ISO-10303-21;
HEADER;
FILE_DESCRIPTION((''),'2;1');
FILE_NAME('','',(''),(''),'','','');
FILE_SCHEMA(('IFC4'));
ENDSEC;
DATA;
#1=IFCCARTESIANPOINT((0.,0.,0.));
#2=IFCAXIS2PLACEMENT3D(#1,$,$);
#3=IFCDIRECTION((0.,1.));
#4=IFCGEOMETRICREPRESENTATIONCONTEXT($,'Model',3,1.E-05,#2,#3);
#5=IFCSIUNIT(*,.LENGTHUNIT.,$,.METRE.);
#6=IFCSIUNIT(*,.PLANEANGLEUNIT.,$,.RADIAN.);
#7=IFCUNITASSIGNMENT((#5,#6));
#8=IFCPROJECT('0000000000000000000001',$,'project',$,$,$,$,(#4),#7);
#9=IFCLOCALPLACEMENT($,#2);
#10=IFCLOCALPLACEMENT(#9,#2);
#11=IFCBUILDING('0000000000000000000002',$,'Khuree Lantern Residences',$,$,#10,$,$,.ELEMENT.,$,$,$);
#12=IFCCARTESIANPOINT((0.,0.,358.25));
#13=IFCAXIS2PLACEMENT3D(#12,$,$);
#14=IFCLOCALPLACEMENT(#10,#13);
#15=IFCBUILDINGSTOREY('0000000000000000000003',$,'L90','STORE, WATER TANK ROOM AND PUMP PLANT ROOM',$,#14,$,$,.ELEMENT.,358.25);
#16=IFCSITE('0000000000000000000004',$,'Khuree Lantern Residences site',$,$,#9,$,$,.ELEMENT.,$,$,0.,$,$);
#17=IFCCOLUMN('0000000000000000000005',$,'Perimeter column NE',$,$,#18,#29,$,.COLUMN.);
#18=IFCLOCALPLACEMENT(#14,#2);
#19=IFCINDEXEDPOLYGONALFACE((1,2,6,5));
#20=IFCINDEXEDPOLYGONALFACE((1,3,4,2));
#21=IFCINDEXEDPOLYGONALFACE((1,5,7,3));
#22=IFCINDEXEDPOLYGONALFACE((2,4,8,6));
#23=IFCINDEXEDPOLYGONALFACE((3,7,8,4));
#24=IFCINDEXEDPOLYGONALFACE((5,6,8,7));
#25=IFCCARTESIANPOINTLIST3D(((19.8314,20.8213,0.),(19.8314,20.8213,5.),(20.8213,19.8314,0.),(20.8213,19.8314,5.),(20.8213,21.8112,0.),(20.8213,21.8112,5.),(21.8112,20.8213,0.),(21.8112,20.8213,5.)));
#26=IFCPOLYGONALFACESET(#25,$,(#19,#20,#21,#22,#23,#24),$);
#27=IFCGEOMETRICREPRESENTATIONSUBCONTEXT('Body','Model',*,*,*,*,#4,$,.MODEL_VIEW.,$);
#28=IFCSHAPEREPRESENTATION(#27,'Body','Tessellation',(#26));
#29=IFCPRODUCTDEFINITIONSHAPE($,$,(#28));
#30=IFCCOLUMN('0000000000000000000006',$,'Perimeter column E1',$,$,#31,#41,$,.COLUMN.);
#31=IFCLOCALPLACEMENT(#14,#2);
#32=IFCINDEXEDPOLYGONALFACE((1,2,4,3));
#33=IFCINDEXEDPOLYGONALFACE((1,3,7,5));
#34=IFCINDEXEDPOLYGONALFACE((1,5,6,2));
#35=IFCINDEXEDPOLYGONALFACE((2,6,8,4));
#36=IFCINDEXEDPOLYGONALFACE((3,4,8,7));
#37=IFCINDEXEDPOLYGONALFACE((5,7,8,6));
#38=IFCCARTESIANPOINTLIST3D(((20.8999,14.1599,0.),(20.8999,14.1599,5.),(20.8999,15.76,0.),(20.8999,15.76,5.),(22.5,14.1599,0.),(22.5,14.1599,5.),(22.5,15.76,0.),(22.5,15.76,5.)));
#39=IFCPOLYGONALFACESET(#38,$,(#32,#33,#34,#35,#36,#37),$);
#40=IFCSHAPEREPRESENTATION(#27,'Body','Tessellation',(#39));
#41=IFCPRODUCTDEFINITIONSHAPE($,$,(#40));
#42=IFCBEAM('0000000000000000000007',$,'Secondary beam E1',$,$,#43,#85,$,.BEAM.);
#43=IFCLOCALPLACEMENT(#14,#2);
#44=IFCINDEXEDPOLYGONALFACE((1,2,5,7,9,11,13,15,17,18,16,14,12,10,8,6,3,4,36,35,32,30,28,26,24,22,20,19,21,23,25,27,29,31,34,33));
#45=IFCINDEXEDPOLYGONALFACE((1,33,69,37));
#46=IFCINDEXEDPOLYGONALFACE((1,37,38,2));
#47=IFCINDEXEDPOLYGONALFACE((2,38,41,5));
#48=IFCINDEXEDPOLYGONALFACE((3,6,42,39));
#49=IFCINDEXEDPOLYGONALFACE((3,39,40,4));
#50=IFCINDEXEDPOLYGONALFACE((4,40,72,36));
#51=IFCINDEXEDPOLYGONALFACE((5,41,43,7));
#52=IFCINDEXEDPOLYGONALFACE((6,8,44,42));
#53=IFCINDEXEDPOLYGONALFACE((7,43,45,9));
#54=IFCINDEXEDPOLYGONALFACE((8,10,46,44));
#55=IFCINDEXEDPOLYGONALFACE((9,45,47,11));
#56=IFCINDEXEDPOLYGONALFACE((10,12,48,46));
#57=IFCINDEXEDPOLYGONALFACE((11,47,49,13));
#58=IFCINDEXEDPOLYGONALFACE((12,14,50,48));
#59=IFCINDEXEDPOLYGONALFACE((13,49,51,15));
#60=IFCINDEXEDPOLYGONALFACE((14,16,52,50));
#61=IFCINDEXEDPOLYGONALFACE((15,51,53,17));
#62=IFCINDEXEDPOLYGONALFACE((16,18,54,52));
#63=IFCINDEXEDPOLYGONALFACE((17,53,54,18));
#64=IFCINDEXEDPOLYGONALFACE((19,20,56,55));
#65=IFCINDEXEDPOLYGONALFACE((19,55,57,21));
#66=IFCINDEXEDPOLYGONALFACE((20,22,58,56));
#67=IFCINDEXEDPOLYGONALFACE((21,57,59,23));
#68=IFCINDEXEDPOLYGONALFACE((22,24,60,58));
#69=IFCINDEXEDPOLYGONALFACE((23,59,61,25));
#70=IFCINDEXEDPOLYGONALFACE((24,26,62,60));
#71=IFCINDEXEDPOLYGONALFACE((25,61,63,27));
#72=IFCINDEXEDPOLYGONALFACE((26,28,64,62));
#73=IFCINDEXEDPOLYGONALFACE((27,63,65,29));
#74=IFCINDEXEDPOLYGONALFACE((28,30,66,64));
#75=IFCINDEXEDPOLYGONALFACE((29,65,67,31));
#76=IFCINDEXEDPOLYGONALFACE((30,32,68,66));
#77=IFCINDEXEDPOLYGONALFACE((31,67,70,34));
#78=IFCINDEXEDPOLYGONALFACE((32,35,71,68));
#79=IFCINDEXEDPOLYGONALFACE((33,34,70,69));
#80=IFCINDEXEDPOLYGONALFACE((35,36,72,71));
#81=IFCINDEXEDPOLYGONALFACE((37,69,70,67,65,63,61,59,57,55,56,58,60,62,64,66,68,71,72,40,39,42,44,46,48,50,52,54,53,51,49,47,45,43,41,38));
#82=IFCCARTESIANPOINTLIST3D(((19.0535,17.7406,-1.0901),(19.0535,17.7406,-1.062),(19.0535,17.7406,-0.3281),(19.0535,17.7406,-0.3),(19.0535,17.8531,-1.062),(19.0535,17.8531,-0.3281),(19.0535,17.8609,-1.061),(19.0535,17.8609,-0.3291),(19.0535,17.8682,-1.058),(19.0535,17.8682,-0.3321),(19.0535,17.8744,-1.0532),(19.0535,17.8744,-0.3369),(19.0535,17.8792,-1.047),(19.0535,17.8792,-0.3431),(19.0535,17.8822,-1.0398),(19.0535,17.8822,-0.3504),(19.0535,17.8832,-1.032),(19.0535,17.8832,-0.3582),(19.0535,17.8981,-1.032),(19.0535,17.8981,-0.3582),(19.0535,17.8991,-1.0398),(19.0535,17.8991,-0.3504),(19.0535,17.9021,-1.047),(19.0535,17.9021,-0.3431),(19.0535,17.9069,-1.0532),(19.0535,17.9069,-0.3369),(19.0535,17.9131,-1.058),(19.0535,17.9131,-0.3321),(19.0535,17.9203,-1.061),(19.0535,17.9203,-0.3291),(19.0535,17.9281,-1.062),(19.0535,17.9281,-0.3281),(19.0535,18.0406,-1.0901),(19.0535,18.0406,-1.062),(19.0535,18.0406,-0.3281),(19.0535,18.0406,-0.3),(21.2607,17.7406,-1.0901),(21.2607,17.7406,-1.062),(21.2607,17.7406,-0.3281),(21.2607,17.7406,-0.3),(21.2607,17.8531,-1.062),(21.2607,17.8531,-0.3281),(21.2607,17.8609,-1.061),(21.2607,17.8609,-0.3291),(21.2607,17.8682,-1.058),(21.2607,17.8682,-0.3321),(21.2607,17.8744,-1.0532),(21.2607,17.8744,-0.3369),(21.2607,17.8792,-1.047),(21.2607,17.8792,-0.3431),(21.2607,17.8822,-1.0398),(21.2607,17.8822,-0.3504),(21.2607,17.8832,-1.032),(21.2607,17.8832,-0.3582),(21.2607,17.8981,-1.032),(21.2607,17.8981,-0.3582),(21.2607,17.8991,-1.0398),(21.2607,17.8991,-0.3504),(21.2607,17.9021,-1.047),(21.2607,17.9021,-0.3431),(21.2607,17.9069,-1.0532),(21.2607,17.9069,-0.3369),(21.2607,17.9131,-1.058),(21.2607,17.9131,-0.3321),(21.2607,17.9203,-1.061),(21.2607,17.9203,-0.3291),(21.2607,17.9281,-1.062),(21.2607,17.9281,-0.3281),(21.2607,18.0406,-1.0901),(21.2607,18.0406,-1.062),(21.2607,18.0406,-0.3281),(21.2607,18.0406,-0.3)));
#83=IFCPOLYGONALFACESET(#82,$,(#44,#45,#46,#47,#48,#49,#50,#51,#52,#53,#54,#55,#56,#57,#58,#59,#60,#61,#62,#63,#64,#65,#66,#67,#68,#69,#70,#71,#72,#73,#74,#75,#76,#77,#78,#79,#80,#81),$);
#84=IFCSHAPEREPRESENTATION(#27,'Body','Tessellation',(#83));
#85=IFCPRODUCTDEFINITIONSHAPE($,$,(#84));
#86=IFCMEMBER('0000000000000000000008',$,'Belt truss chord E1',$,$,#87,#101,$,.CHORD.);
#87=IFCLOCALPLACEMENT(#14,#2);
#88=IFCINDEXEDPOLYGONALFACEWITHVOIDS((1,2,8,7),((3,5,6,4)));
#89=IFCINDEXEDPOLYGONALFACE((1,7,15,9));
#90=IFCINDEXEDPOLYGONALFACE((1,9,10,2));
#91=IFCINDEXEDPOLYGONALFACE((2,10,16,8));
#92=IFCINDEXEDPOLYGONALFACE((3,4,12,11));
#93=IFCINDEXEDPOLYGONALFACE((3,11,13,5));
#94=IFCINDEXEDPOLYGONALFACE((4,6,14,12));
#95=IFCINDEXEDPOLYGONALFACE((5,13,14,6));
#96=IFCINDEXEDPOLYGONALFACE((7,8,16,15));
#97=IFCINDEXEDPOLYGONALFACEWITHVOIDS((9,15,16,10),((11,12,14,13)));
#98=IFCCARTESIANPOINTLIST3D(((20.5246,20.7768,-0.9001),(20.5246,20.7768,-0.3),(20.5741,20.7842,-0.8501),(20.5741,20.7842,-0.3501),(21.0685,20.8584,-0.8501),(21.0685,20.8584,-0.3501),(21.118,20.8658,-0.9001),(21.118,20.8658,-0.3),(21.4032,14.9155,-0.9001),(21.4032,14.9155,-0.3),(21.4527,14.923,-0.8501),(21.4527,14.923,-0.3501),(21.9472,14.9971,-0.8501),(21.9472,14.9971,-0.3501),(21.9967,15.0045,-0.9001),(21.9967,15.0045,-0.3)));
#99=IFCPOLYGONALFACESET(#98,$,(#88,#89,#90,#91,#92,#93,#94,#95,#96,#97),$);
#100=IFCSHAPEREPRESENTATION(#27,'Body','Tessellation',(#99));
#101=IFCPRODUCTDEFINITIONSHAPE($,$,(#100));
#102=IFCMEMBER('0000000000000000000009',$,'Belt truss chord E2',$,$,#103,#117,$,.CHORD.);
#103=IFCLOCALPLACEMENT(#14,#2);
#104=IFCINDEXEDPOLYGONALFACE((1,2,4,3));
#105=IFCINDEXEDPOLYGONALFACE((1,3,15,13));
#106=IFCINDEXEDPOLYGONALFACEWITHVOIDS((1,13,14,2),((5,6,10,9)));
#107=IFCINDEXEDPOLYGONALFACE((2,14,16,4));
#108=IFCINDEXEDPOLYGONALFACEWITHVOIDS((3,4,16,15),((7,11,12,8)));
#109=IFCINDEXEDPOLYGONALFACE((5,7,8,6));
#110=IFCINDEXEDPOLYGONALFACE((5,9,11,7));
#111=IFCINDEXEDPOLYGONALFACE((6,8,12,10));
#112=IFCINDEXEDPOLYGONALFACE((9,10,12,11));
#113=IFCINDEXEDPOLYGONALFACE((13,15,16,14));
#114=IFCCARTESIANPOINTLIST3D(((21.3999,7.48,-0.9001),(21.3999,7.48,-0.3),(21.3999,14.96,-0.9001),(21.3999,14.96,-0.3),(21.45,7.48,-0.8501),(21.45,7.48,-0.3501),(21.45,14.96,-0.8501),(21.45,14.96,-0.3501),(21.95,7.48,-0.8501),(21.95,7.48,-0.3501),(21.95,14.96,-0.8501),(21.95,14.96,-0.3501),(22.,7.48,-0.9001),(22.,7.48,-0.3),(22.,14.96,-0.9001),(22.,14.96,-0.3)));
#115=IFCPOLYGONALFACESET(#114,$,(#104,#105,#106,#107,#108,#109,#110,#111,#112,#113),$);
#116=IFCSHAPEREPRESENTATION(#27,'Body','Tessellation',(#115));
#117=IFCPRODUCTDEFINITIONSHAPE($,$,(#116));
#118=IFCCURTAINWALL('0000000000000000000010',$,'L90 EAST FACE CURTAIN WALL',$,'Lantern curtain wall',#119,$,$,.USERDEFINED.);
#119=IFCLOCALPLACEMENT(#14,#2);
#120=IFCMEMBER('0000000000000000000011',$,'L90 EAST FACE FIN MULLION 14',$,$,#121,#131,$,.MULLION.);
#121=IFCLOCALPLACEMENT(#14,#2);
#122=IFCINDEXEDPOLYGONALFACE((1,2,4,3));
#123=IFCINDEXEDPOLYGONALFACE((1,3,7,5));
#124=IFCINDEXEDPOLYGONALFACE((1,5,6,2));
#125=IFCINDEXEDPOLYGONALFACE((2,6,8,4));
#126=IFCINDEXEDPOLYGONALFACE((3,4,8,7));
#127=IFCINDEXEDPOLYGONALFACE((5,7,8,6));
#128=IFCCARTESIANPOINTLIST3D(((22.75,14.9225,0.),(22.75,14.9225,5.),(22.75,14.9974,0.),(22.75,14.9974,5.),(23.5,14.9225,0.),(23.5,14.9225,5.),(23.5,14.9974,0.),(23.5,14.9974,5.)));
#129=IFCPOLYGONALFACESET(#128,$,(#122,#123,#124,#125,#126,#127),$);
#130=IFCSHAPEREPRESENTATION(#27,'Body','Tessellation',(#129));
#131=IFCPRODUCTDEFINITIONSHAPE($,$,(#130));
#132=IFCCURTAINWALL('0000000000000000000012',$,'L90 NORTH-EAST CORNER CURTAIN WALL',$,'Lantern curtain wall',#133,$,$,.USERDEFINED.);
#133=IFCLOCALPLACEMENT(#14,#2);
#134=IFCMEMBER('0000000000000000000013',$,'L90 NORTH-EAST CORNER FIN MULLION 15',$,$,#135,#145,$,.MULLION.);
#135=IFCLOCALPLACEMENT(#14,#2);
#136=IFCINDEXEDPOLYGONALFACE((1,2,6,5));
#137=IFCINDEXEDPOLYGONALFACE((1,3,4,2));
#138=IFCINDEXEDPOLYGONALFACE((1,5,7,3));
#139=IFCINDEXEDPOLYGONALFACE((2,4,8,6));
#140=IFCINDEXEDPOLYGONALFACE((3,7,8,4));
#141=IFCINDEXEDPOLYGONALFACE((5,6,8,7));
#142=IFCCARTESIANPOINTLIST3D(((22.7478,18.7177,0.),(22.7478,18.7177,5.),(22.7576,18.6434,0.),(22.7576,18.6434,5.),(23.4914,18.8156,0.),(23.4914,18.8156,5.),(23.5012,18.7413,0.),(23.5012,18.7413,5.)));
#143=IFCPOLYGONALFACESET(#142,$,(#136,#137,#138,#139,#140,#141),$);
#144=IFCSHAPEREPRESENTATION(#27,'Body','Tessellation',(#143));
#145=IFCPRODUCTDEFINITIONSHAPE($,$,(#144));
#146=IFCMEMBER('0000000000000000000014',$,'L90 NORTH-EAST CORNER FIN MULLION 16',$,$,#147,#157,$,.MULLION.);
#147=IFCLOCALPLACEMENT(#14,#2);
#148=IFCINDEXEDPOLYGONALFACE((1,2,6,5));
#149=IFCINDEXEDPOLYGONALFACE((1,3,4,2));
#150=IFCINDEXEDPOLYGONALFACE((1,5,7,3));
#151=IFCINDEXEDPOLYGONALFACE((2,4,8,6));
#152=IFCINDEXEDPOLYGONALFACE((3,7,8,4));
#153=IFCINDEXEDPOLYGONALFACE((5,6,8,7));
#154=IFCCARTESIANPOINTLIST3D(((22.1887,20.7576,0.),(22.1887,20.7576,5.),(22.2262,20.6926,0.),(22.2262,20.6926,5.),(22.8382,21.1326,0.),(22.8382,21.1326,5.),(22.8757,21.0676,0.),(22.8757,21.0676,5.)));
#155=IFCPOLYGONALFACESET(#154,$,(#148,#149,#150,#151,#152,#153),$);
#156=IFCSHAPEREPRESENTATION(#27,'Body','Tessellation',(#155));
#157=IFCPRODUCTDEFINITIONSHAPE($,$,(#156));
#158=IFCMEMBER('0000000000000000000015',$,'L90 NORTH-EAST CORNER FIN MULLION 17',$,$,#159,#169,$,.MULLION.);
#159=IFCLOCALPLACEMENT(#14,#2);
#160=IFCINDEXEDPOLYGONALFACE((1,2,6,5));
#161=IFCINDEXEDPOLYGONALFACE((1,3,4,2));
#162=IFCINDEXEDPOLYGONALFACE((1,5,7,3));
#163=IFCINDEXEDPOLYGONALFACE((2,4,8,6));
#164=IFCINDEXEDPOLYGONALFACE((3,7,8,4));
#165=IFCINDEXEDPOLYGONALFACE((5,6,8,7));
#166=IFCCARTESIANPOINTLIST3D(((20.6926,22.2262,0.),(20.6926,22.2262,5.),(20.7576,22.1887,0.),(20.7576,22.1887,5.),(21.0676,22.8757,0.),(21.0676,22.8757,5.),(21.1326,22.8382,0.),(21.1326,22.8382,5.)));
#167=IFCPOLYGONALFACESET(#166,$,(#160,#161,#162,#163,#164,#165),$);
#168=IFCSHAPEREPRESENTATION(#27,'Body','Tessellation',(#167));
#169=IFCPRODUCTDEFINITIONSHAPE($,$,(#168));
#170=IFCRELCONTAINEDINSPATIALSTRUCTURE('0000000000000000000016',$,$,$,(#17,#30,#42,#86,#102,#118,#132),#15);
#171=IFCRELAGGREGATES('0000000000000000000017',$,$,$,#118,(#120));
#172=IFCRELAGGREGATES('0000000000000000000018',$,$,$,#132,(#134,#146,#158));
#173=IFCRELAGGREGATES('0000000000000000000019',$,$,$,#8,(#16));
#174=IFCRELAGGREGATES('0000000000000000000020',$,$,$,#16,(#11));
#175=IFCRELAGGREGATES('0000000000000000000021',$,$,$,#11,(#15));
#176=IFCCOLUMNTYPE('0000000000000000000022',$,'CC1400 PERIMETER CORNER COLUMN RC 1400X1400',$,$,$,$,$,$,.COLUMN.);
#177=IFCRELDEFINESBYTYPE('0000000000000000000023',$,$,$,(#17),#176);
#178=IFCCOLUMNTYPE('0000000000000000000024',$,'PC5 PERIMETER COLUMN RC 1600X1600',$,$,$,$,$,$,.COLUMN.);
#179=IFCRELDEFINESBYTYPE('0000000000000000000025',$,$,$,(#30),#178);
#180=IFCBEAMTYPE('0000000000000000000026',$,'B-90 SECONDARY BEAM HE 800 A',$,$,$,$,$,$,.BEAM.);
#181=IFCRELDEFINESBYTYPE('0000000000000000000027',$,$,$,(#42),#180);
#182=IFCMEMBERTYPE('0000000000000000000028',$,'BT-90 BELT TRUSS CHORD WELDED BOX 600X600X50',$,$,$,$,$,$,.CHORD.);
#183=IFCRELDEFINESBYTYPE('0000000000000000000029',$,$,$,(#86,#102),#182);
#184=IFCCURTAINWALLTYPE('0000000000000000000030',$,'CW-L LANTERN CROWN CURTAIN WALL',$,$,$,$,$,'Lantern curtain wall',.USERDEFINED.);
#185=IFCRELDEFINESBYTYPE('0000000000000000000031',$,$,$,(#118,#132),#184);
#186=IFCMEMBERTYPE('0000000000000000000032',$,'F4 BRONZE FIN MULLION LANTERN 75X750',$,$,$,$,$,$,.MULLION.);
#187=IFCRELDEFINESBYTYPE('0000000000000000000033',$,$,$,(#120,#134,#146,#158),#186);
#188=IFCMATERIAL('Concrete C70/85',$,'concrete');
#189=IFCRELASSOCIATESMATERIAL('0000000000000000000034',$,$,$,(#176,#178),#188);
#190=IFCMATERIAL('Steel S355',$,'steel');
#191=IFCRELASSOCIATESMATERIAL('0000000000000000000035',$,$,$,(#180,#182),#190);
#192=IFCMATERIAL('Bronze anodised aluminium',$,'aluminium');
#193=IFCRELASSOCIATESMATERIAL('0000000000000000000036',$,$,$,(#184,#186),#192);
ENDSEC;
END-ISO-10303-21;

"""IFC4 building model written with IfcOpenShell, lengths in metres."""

from ifc_helpers import new_model, si_unit, direction, frame, origin, origin_2d, place, context, subcontext, project, spatial, rectangle, hollow_rectangle, i_section, extrude, material, material_profile, profile_set, type_object, element, aggregate, save


model = new_model("IFC4")

# Units and contexts
model_context = context("Model", 3, precision=1e-05, world=origin(), true_north=direction((0.0, 1.0)))
body_context = subcontext(model_context, "Body", "Model", "MODEL_VIEW")
ifc_project = project(units=[si_unit("LENGTHUNIT", "METRE"), si_unit("PLANEANGLEUNIT", "RADIAN")], contexts=[model_context])

# Site, building, storey
site_placement = place(None, origin())
site = spatial("IfcSite", under=ifc_project, at=site_placement, Name="Khuree Lantern Residences site", CompositionType="ELEMENT", RefElevation=0.0)
building_placement = place(site_placement, origin())
building = spatial("IfcBuilding", under=site, at=building_placement, Name="Khuree Lantern Residences", CompositionType="ELEMENT")
storey_placement = place(building_placement, frame((0.0, 0.0, 358.25)))
storey = spatial("IfcBuildingStorey", under=building, at=storey_placement, Name="L90", Description="STORE, WATER TANK ROOM AND PUMP PLANT ROOM", CompositionType="ELEMENT", Elevation=358.25)

# Columns
ifc_material_1 = material(Name="Concrete C70/85", Category="concrete")
ifc_material_profile_1 = material_profile(ifc_material_1, rectangle(XDim=1.3999, YDim=1.3999, at=origin_2d()), Name="RC 1400X1400")
ifc_profile_set_1 = profile_set([ifc_material_profile_1], Name="Concrete C70/85")
column_type_1 = type_object("IfcColumnType", Name="CC1400 PERIMETER CORNER COLUMN RC 1400X1400", PredefinedType="COLUMN", material=ifc_profile_set_1)
column_1_placement = place(storey_placement, frame((20.8213, 20.8213, 0.0), z_axis=(0.0, 0.0, 1.0), x_axis=(0.707107, -0.707107, 0.0)))
element("IfcColumn", 1, at=column_1_placement, inside=storey, type_object=column_type_1, Name="Perimeter column NE", PredefinedType="COLUMN", context=body_context, shape_type="SweptSolid", body=[
    extrude(rectangle(XDim=1.3999, YDim=1.3999, at=origin_2d()), origin(), (0.0, 0.0, 1.0), 5.0),
])
ifc_material_profile_2 = material_profile(ifc_material_1, rectangle(XDim=1.6001, YDim=1.6001, at=origin_2d()), Name="RC 1600X1600")
ifc_profile_set_2 = profile_set([ifc_material_profile_2], Name="Concrete C70/85")
column_type_2 = type_object("IfcColumnType", Name="PC5 PERIMETER COLUMN RC 1600X1600", PredefinedType="COLUMN", material=ifc_profile_set_2)
column_2_placement = place(storey_placement, frame((21.7, 14.96, 0.0), z_axis=(0.0, 0.0, 1.0), x_axis=(0.0, 1.0, 0.0)))
element("IfcColumn", 2, at=column_2_placement, inside=storey, type_object=column_type_2, Name="Perimeter column E1", PredefinedType="COLUMN", context=body_context, shape_type="SweptSolid", body=[
    extrude(rectangle(XDim=1.6001, YDim=1.6001, at=origin_2d()), origin(), (0.0, 0.0, 1.0), 5.0),
])

# Beam
ifc_material_2 = material(Name="Steel S355", Category="steel")
ifc_material_profile_3 = material_profile(ifc_material_2, i_section(OverallWidth=0.3, OverallDepth=0.79, WebThickness=0.0149, FlangeThickness=0.0281, FilletRadius=0.03, at=origin_2d()), Name="HE 800 A")
ifc_profile_set_3 = profile_set([ifc_material_profile_3], Name="Steel S355")
beam_type_1 = type_object("IfcBeamType", Name="B-90 SECONDARY BEAM HE 800 A", PredefinedType="BEAM", material=ifc_profile_set_3)
beam_1_placement = place(storey_placement, frame((21.2607, 17.8906, -0.6951), z_axis=(-1.0, 0.0, 0.0), x_axis=(0.0, -1.0, 0.0)))
element("IfcBeam", 3, at=beam_1_placement, inside=storey, type_object=beam_type_1, Name="Secondary beam E1", PredefinedType="BEAM", context=body_context, shape_type="SweptSolid", body=[
    extrude(i_section(OverallWidth=0.3, OverallDepth=0.79, WebThickness=0.0149, FlangeThickness=0.0281, FilletRadius=0.03, at=origin_2d()), origin(), (0.0, 0.0, 1.0), 2.2073),
])

# Members
ifc_material_profile_4 = material_profile(ifc_material_2, hollow_rectangle(XDim=0.6001, YDim=0.6001, WallThickness=0.05, at=origin_2d()), Name="WELDED BOX 600X600X50")
ifc_profile_set_4 = profile_set([ifc_material_profile_4], Name="Steel S355")
member_type_1 = type_object("IfcMemberType", Name="BT-90 BELT TRUSS CHORD WELDED BOX 600X600X50", PredefinedType="CHORD", material=ifc_profile_set_4)
member_1_placement = place(storey_placement, frame((20.8213, 20.8213, -0.6001), z_axis=(0.148252, -0.98895, 0.0), x_axis=(0.98895, 0.148252, 0.0)))
element("IfcMember", 4, at=member_1_placement, inside=storey, type_object=member_type_1, Name="Belt truss chord E1", PredefinedType="CHORD", context=body_context, shape_type="SweptSolid", body=[
    extrude(hollow_rectangle(XDim=0.6001, YDim=0.6001, WallThickness=0.05, at=origin_2d()), origin(), (0.0, 0.0, 1.0), 5.9268),
])
member_2_placement = place(storey_placement, frame((21.7, 14.96, -0.6001), z_axis=(0.0, -1.0, 0.0), x_axis=(1.0, 0.0, 0.0)))
element("IfcMember", 5, at=member_2_placement, inside=storey, type_object=member_type_1, Name="Belt truss chord E2", PredefinedType="CHORD", context=body_context, shape_type="SweptSolid", body=[
    extrude(hollow_rectangle(XDim=0.6001, YDim=0.6001, WallThickness=0.05, at=origin_2d()), origin(), (0.0, 0.0, 1.0), 7.48),
])

# Curtain wall, member
ifc_material_3 = material(Name="Bronze anodised aluminium", Category="aluminium")
curtain_wall_type = type_object("IfcCurtainWallType", Name="CW-L LANTERN CROWN CURTAIN WALL", ElementType="Lantern curtain wall", PredefinedType="USERDEFINED", material=ifc_material_3)
curtain_wall_1_placement = place(storey_placement, origin())
curtain_wall_1 = element("IfcCurtainWall", 6, at=curtain_wall_1_placement, inside=storey, type_object=curtain_wall_type, Name="L90 EAST FACE CURTAIN WALL", ObjectType="Lantern curtain wall", PredefinedType="USERDEFINED")
ifc_material_profile_5 = material_profile(ifc_material_3, rectangle(XDim=0.075, YDim=0.75, at=origin_2d()), Name="F4 75X750")
ifc_profile_set_5 = profile_set([ifc_material_profile_5], Name="Bronze anodised aluminium")
member_type_2 = type_object("IfcMemberType", Name="F4 BRONZE FIN MULLION LANTERN 75X750", PredefinedType="MULLION", material=ifc_profile_set_5)
member_3_placement = place(storey_placement, frame((23.125, 14.96, 0.0), z_axis=(0.0, 0.0, 1.0), x_axis=(0.0, 1.0, 0.0)))
member_3 = element("IfcMember", 7, at=member_3_placement, type_object=member_type_2, Name="L90 EAST FACE FIN MULLION 14", PredefinedType="MULLION", context=body_context, shape_type="SweptSolid", body=[
    extrude(rectangle(XDim=0.075, YDim=0.75, at=origin_2d()), origin(), (0.0, 0.0, 1.0), 5.0),
])

# Curtain wall, members
curtain_wall_2_placement = place(storey_placement, origin())
curtain_wall_2 = element("IfcCurtainWall", 8, at=curtain_wall_2_placement, inside=storey, type_object=curtain_wall_type, Name="L90 NORTH-EAST CORNER CURTAIN WALL", ObjectType="Lantern curtain wall", PredefinedType="USERDEFINED")
member_4_placement = place(storey_placement, frame((23.1245, 18.7295, 0.0), z_axis=(0.0, 0.0, 1.0), x_axis=(-0.130526, 0.991445, 0.0)))
member_4 = element("IfcMember", 9, at=member_4_placement, type_object=member_type_2, Name="L90 NORTH-EAST CORNER FIN MULLION 15", PredefinedType="MULLION", context=body_context, shape_type="SweptSolid", body=[
    extrude(rectangle(XDim=0.075, YDim=0.75, at=origin_2d()), origin(), (0.0, 0.0, 1.0), 5.0),
])
member_5_placement = place(storey_placement, frame((22.5322, 20.9126, 0.0), z_axis=(0.0, 0.0, 1.0), x_axis=(-0.5, 0.866025, 0.0)))
member_5 = element("IfcMember", 10, at=member_5_placement, type_object=member_type_2, Name="L90 NORTH-EAST CORNER FIN MULLION 16", PredefinedType="MULLION", context=body_context, shape_type="SweptSolid", body=[
    extrude(rectangle(XDim=0.075, YDim=0.75, at=origin_2d()), origin(), (0.0, 0.0, 1.0), 5.0),
])
member_6_placement = place(storey_placement, frame((20.9126, 22.5322, 0.0), z_axis=(0.0, 0.0, 1.0), x_axis=(-0.866025, 0.5, 0.0)))
member_6 = element("IfcMember", 11, at=member_6_placement, type_object=member_type_2, Name="L90 NORTH-EAST CORNER FIN MULLION 17", PredefinedType="MULLION", context=body_context, shape_type="SweptSolid", body=[
    extrude(rectangle(XDim=0.075, YDim=0.75, at=origin_2d()), origin(), (0.0, 0.0, 1.0), 5.0),
])

aggregate(curtain_wall_1, [member_3])
aggregate(curtain_wall_2, [member_4, member_5, member_6])

save(model, "model.ifc")
